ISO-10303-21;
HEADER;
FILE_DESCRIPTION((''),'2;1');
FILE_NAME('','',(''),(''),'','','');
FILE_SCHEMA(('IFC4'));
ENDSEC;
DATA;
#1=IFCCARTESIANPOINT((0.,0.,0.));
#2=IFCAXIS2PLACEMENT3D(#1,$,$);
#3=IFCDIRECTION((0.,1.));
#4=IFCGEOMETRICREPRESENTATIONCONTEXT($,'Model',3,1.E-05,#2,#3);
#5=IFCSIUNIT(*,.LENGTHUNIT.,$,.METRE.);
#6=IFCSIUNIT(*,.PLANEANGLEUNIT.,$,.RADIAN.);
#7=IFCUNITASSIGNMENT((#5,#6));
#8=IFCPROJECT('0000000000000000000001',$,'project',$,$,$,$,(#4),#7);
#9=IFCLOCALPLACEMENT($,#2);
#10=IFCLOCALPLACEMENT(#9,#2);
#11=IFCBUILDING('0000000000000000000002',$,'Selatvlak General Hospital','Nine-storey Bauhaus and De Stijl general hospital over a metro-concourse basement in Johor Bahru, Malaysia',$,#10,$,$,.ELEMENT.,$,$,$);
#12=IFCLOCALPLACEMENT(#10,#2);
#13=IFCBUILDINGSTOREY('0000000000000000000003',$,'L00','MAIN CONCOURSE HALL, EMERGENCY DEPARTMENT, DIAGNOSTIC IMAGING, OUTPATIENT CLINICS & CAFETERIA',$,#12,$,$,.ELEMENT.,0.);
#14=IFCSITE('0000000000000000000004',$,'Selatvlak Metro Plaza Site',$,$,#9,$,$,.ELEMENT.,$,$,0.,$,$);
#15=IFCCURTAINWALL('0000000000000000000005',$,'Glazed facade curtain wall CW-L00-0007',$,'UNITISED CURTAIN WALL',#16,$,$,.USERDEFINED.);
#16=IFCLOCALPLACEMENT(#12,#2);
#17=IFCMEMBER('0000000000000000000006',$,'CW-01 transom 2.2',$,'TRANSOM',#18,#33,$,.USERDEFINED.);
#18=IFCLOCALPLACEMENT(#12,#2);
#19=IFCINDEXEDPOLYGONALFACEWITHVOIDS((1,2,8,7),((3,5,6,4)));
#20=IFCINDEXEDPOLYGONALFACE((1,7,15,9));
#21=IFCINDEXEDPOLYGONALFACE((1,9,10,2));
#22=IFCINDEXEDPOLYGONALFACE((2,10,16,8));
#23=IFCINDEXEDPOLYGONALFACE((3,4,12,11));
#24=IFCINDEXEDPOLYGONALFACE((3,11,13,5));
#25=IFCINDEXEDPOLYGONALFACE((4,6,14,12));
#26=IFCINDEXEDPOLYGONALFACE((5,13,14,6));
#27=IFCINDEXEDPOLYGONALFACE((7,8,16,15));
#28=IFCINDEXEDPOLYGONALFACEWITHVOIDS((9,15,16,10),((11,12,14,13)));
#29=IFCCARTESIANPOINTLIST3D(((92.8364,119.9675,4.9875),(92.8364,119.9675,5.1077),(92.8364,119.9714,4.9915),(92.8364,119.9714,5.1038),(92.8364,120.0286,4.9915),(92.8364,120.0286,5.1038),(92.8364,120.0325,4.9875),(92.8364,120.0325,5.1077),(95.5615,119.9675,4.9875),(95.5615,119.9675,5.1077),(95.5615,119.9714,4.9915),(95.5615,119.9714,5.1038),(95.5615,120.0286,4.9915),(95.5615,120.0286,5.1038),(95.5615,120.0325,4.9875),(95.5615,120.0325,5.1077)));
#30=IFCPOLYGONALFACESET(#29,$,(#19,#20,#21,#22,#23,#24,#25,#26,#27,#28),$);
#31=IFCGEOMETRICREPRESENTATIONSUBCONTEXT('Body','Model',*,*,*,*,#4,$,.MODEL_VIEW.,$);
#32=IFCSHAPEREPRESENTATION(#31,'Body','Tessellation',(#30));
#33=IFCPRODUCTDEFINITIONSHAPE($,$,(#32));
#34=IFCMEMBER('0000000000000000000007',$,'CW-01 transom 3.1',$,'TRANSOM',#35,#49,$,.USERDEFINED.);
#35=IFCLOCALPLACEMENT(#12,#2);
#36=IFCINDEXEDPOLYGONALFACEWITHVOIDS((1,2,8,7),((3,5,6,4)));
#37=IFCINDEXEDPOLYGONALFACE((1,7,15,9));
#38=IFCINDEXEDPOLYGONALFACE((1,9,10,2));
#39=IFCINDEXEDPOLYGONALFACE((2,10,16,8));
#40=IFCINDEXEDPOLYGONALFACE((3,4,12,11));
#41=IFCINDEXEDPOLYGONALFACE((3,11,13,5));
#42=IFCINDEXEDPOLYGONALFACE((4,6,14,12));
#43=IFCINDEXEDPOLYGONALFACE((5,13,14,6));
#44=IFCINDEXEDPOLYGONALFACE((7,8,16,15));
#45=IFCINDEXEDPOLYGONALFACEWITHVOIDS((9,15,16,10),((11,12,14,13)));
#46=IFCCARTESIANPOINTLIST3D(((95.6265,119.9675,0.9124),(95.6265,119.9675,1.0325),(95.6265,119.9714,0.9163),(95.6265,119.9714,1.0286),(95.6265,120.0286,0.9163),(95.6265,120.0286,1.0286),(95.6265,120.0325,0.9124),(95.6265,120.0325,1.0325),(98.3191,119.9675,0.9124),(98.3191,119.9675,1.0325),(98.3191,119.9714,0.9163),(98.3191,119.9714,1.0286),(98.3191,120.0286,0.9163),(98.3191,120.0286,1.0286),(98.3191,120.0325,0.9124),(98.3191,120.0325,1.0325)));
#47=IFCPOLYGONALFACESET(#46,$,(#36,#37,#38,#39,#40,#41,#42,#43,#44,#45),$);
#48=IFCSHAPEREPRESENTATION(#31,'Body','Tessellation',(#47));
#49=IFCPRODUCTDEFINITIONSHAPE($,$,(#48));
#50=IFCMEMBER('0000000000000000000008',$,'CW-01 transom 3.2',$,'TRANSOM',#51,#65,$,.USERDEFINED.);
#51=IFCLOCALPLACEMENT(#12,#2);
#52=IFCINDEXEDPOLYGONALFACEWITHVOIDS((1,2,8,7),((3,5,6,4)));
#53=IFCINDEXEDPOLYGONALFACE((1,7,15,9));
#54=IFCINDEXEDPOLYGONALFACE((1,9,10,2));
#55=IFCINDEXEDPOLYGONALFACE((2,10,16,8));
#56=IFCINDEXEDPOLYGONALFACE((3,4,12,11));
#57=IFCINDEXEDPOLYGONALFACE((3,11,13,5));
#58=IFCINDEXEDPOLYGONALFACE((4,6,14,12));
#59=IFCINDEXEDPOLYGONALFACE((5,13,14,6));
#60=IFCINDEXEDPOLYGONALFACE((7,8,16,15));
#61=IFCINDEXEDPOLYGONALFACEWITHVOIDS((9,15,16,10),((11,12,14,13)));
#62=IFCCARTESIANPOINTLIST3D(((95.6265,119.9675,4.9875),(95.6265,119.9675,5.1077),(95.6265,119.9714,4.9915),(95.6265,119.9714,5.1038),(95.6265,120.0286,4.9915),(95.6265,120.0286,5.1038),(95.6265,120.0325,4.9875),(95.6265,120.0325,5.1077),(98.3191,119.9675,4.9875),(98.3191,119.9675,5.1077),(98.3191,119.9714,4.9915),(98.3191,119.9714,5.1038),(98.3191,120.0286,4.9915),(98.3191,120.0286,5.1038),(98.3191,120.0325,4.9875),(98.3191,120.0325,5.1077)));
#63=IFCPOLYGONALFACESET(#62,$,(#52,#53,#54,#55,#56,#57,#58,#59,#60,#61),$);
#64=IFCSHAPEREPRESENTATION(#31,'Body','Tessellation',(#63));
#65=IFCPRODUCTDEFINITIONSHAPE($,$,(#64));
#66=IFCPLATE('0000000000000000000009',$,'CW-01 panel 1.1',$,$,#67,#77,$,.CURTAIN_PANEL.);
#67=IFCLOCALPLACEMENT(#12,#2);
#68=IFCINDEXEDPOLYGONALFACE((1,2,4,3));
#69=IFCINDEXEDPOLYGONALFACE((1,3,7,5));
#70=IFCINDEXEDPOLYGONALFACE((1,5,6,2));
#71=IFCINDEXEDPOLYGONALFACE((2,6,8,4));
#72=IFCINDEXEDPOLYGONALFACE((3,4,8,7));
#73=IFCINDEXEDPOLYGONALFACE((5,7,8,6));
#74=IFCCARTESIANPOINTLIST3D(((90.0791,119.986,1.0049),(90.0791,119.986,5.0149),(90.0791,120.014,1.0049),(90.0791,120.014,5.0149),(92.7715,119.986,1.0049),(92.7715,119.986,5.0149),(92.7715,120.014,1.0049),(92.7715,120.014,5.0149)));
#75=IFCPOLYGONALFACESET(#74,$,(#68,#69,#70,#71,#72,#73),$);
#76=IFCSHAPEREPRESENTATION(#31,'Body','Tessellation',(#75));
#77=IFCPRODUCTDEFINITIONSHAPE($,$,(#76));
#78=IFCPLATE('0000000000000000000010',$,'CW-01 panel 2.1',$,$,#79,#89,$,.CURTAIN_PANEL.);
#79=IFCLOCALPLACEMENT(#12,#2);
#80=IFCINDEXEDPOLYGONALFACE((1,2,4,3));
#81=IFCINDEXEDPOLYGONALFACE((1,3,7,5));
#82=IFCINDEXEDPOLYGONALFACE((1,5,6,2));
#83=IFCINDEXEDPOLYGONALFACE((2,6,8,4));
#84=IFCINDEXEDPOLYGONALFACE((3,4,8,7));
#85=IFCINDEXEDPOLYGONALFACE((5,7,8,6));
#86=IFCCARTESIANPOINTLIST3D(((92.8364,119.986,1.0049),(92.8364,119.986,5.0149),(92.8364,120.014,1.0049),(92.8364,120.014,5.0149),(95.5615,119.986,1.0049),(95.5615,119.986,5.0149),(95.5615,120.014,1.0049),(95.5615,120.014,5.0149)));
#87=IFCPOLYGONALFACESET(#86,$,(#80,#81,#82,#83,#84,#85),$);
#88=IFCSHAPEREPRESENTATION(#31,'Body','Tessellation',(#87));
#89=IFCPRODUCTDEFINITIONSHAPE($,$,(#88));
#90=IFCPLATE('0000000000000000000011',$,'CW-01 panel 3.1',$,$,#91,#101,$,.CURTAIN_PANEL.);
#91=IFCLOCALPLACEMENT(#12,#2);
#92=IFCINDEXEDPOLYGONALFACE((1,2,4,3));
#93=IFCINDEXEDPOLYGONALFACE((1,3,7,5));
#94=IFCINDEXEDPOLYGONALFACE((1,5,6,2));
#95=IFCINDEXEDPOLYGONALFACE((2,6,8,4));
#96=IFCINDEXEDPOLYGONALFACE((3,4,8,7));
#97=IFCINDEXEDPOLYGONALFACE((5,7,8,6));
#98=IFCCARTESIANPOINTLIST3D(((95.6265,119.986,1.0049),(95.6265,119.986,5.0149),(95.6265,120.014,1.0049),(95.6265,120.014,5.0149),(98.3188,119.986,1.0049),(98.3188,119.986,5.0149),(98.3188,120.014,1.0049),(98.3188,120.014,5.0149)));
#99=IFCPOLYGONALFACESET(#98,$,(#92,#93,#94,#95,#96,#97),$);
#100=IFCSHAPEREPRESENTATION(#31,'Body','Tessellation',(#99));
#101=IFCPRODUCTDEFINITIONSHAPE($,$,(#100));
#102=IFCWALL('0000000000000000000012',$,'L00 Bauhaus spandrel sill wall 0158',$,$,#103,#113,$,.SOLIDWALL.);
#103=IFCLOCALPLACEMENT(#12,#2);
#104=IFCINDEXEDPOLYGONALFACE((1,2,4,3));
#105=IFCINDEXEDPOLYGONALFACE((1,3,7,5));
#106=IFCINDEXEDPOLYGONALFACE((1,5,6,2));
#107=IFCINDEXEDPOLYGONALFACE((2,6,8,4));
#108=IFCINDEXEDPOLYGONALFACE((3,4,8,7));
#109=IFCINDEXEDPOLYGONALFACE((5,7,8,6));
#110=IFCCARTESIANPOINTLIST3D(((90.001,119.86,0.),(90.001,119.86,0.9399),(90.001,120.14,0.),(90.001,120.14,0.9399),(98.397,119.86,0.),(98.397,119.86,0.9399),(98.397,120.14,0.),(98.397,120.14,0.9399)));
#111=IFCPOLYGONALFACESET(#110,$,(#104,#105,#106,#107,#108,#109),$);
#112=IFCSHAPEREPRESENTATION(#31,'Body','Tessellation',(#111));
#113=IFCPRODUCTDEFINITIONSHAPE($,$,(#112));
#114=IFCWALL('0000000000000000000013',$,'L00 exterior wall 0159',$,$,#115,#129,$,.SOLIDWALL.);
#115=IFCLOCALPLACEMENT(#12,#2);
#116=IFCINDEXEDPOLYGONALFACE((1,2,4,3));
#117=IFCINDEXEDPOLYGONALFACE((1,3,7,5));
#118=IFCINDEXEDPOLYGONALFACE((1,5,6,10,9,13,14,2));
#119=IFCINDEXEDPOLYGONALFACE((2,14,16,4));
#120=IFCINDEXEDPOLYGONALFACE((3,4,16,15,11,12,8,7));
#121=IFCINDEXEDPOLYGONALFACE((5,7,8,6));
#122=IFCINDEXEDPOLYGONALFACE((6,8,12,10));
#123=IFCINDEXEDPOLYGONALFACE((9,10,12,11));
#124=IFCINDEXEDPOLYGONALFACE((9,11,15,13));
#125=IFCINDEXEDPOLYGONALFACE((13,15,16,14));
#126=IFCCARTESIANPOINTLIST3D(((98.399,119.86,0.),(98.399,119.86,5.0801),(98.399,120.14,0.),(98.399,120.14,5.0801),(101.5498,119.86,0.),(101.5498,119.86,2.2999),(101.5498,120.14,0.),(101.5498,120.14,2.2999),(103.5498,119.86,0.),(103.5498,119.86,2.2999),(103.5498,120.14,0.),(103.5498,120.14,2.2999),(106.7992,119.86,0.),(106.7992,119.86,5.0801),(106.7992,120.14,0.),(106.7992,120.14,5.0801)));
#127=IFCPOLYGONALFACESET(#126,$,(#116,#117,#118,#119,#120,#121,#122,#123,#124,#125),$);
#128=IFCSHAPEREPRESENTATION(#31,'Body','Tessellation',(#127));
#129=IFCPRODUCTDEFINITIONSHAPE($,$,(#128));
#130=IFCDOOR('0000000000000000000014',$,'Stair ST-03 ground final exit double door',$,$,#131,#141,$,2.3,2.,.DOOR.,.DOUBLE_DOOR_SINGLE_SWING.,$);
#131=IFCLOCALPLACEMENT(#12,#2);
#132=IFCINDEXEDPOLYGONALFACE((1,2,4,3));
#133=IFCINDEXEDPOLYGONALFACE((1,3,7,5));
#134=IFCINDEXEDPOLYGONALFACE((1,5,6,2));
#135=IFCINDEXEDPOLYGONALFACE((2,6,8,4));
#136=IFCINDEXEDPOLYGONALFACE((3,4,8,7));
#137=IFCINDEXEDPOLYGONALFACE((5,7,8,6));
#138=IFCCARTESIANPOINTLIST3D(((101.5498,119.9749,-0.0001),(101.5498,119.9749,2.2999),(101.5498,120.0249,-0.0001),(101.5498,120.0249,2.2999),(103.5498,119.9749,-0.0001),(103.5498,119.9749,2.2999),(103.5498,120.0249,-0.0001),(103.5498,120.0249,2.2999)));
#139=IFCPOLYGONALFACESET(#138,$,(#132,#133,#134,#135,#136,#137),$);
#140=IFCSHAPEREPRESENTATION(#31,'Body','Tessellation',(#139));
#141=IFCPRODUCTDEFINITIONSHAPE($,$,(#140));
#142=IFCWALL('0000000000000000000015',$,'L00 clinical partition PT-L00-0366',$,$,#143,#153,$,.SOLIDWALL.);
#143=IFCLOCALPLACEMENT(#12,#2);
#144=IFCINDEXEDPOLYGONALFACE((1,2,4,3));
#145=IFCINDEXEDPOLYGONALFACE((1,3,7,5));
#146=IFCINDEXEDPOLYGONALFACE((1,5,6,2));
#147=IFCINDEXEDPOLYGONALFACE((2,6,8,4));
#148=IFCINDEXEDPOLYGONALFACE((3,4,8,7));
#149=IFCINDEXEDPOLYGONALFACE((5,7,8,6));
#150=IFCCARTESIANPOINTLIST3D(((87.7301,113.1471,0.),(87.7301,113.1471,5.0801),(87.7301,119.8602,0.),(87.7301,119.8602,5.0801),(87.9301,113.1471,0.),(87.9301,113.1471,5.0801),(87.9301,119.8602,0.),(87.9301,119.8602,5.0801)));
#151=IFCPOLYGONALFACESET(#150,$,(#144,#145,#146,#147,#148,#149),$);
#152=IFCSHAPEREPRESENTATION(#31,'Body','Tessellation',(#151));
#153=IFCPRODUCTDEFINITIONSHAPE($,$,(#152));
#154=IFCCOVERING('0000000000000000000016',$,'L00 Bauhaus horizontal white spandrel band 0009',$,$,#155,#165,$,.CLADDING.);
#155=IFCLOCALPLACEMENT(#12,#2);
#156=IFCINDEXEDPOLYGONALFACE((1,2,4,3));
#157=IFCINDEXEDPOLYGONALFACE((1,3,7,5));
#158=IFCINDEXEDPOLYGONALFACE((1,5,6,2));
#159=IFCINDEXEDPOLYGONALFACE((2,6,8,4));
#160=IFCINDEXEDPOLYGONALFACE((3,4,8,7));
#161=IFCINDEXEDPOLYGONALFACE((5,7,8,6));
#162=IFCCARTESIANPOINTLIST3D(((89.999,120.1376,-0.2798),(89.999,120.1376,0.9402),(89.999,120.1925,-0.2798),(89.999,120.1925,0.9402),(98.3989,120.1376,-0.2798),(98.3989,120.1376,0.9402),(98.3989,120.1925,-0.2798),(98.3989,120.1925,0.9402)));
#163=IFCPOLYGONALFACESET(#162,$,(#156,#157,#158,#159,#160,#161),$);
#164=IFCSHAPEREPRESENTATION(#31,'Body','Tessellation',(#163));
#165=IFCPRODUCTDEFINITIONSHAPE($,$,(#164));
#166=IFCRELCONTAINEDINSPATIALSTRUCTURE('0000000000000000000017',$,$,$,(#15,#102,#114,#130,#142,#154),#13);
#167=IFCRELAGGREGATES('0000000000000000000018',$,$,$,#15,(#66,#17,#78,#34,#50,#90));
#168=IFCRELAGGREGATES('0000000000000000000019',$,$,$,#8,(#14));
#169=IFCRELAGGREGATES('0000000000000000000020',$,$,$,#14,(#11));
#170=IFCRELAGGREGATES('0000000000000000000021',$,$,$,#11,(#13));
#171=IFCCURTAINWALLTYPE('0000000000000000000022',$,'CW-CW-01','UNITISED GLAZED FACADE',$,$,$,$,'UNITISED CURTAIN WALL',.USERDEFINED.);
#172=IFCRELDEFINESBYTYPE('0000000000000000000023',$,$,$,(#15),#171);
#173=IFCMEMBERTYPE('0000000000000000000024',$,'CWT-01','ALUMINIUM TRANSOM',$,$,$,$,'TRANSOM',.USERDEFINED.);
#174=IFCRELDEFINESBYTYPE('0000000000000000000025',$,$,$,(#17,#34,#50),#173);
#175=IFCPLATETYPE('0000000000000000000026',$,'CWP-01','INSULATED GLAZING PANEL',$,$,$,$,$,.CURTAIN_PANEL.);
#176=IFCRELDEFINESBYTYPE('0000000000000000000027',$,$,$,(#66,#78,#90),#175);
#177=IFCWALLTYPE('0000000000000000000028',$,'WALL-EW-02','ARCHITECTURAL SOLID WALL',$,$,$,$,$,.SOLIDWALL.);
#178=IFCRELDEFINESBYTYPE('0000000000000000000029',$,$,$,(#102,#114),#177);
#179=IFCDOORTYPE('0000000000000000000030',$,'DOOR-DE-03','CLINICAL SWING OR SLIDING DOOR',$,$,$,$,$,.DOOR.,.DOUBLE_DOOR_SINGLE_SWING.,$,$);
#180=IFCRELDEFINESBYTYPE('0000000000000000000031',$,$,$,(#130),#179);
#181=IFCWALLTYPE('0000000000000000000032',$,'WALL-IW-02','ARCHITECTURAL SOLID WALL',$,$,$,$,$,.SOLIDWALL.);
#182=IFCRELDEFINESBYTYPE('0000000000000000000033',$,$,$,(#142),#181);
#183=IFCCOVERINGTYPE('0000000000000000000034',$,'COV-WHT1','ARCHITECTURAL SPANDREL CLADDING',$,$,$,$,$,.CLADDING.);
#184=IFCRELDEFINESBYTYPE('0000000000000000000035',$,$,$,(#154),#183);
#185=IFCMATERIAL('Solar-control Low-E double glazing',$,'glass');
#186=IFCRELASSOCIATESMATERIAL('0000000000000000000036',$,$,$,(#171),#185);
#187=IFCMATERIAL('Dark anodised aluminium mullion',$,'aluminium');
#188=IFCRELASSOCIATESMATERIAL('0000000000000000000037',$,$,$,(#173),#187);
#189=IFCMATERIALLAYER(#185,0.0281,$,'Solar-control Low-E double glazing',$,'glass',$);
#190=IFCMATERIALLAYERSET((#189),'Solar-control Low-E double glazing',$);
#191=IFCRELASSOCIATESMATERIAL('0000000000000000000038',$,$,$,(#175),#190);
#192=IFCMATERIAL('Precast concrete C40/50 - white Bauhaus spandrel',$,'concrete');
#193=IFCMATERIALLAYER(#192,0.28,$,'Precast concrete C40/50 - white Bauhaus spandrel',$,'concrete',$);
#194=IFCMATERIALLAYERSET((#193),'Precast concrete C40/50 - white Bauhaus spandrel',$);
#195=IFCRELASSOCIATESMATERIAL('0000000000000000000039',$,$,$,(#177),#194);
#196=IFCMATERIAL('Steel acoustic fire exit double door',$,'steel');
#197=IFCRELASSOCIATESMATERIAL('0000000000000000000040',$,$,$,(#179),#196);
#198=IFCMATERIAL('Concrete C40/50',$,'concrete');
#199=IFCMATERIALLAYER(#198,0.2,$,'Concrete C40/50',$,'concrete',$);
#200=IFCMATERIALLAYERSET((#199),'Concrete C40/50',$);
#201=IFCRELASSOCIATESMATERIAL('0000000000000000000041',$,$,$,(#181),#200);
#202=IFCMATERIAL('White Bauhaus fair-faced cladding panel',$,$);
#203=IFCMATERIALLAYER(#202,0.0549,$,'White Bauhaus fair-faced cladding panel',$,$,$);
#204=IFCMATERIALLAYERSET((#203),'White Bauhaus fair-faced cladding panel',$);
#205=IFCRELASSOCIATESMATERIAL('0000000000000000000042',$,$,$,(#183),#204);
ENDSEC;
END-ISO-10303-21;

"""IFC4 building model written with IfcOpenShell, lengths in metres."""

from ifc_helpers import new_model, si_unit, direction, frame, frame_2d, origin, origin_2d, place, context, subcontext, project, spatial, rectangle, hollow_rectangle, extrude, material, layer, layer_set, material_profile, profile_set, type_object, element, fill, aggregate, save


model = new_model("IFC4")

# Units and contexts
model_context = context("Model", 3, precision=1e-05, world=origin(), true_north=direction((0.0, 1.0)))
body_context = subcontext(model_context, "Body", "Model", "MODEL_VIEW")
ifc_project = project(units=[si_unit("LENGTHUNIT", "METRE"), si_unit("PLANEANGLEUNIT", "RADIAN")], contexts=[model_context])

# Site, building, storey
site_placement = place(None, origin())
site = spatial("IfcSite", under=ifc_project, at=site_placement, Name="Selatvlak Metro Plaza Site", CompositionType="ELEMENT", RefElevation=0.0)
building_placement = place(site_placement, origin())
building = spatial("IfcBuilding", under=site, at=building_placement, Name="Selatvlak General Hospital", Description="Nine-storey Bauhaus and De Stijl general hospital over a metro-concourse basement in Johor Bahru, Malaysia", CompositionType="ELEMENT")
storey_placement = place(building_placement, origin())
storey = spatial("IfcBuildingStorey", under=building, at=storey_placement, Name="L00", Description="MAIN CONCOURSE HALL, EMERGENCY DEPARTMENT, DIAGNOSTIC IMAGING, OUTPATIENT CLINICS & CAFETERIA", CompositionType="ELEMENT", Elevation=0.0)

# Shared definitions
ifc_material_1 = material(Name="Concrete C40/50", Category="concrete")

# Curtain wall, members, plates
ifc_material_2 = material(Name="Solar-control Low-E double glazing", Category="glass")
curtain_wall_type = type_object("IfcCurtainWallType", Name="CW-CW-01", Description="UNITISED GLAZED FACADE", ElementType="UNITISED CURTAIN WALL", PredefinedType="USERDEFINED", material=ifc_material_2)
curtain_wall_placement = place(storey_placement, origin())
curtain_wall = element("IfcCurtainWall", 1, at=curtain_wall_placement, inside=storey, type_object=curtain_wall_type, Name="Glazed facade curtain wall CW-L00-0007", ObjectType="UNITISED CURTAIN WALL", PredefinedType="USERDEFINED")
ifc_material_3 = material(Name="Dark anodised aluminium mullion", Category="aluminium")
ifc_material_profile_1 = material_profile(ifc_material_3, hollow_rectangle(XDim=0.0649, YDim=0.1201, WallThickness=0.0039, at=origin_2d()), Name="AL-TRN 65x120x4")
ifc_profile_set_1 = profile_set([ifc_material_profile_1], Name="Dark anodised aluminium mullion")
member_type_1 = type_object("IfcMemberType", Name="CWT-01", Description="ALUMINIUM TRANSOM", ElementType="TRANSOM", PredefinedType="USERDEFINED", material=ifc_profile_set_1)
member_1_placement = place(storey_placement, frame((92.8364, 120.0, 5.0476), z_axis=(1.0, 0.0, 0.0), x_axis=(0.0, 1.0, 0.0)))
member_1 = element("IfcMember", 2, at=member_1_placement, type_object=member_type_1, Name="CW-01 transom 2.2", ObjectType="TRANSOM", PredefinedType="USERDEFINED", context=body_context, shape_type="SweptSolid", body=[
    extrude(hollow_rectangle(XDim=0.0649, YDim=0.1201, WallThickness=0.0039, at=origin_2d()), origin(), (0.0, 0.0, 1.0), 2.7251),
])
member_2_placement = place(storey_placement, frame((95.6265, 120.0, 0.9724), z_axis=(1.0, 0.0, 0.0), x_axis=(0.0, 1.0, 0.0)))
member_2 = element("IfcMember", 3, at=member_2_placement, type_object=member_type_1, Name="CW-01 transom 3.1", ObjectType="TRANSOM", PredefinedType="USERDEFINED", context=body_context, shape_type="SweptSolid", body=[
    extrude(hollow_rectangle(XDim=0.0649, YDim=0.1201, WallThickness=0.0039, at=origin_2d()), origin(), (0.0, 0.0, 1.0), 2.6926),
])
member_3_placement = place(storey_placement, frame((95.6265, 120.0, 5.0476), z_axis=(1.0, 0.0, 0.0), x_axis=(0.0, 1.0, 0.0)))
member_3 = element("IfcMember", 4, at=member_3_placement, type_object=member_type_1, Name="CW-01 transom 3.2", ObjectType="TRANSOM", PredefinedType="USERDEFINED", context=body_context, shape_type="SweptSolid", body=[
    extrude(hollow_rectangle(XDim=0.0649, YDim=0.1201, WallThickness=0.0039, at=origin_2d()), origin(), (0.0, 0.0, 1.0), 2.6926),
])
ifc_layer_1 = layer(ifc_material_2, 0.0281, Name="Solar-control Low-E double glazing", Category="glass")
ifc_layer_set_1 = layer_set([ifc_layer_1], Name="Solar-control Low-E double glazing")
plate_type = type_object("IfcPlateType", Name="CWP-01", Description="INSULATED GLAZING PANEL", PredefinedType="CURTAIN_PANEL", material=ifc_layer_set_1)
plate_1_placement = place(storey_placement, frame((91.4253, 120.0, 1.0049), z_axis=(0.0, 0.0, 1.0), x_axis=(1.0, 0.0, 0.0)))
plate_1 = element("IfcPlate", 5, at=plate_1_placement, type_object=plate_type, Name="CW-01 panel 1.1", PredefinedType="CURTAIN_PANEL", context=body_context, shape_type="SweptSolid", body=[
    extrude(rectangle(XDim=2.6924, YDim=0.0281, at=origin_2d()), origin(), (0.0, 0.0, 1.0), 4.01),
])
plate_2_placement = place(storey_placement, frame((94.199, 120.0, 1.0049), z_axis=(0.0, 0.0, 1.0), x_axis=(1.0, 0.0, 0.0)))
plate_2 = element("IfcPlate", 6, at=plate_2_placement, type_object=plate_type, Name="CW-01 panel 2.1", PredefinedType="CURTAIN_PANEL", context=body_context, shape_type="SweptSolid", body=[
    extrude(rectangle(XDim=2.7251, YDim=0.0281, at=origin_2d()), origin(), (0.0, 0.0, 1.0), 4.01),
])
plate_3_placement = place(storey_placement, frame((96.9727, 120.0, 1.0049), z_axis=(0.0, 0.0, 1.0), x_axis=(1.0, 0.0, 0.0)))
plate_3 = element("IfcPlate", 7, at=plate_3_placement, type_object=plate_type, Name="CW-01 panel 3.1", PredefinedType="CURTAIN_PANEL", context=body_context, shape_type="SweptSolid", body=[
    extrude(rectangle(XDim=2.6924, YDim=0.0281, at=origin_2d()), origin(), (0.0, 0.0, 1.0), 4.01),
])
aggregate(curtain_wall, [plate_1, member_1, plate_2, member_2, member_3, plate_3])

# Wall
ifc_material_4 = material(Name="Precast concrete C40/50 - white Bauhaus spandrel", Category="concrete")
ifc_layer_2 = layer(ifc_material_4, 0.28, Name="Precast concrete C40/50 - white Bauhaus spandrel", Category="concrete")
ifc_layer_set_2 = layer_set([ifc_layer_2], Name="Precast concrete C40/50 - white Bauhaus spandrel")
wall_type_1 = type_object("IfcWallType", Name="WALL-EW-02", Description="ARCHITECTURAL SOLID WALL", PredefinedType="SOLIDWALL", material=ifc_layer_set_2)
wall_1_placement = place(storey_placement, frame((90.001, 120.0, 0.0), z_axis=(0.0, 0.0, 1.0), x_axis=(1.0, 0.0, 0.0)))
element("IfcWall", 8, at=wall_1_placement, inside=storey, type_object=wall_type_1, Name="L00 Bauhaus spandrel sill wall 0158", PredefinedType="SOLIDWALL", context=body_context, shape_type="SweptSolid", body=[
    extrude(rectangle(XDim=8.396, YDim=0.28, at=frame_2d((4.198, 0.0))), origin(), (0.0, 0.0, 1.0), 0.9399),
])

# Wall, opening, door
wall_2_placement = place(storey_placement, frame((98.3989, 120.0, 0.0), z_axis=(0.0, 0.0, 1.0), x_axis=(1.0, 0.0, 0.0)))
wall_2 = element("IfcWall", 9, at=wall_2_placement, inside=storey, type_object=wall_type_1, Name="L00 exterior wall 0159", PredefinedType="SOLIDWALL", context=body_context, shape_type="SweptSolid", body=[
    extrude(rectangle(XDim=8.4001, YDim=0.28, at=frame_2d((4.2002, 0.0))), origin(), (0.0, 0.0, 1.0), 5.0801),
])
opening_placement = place(wall_2_placement, frame((3.1509, 0.0, 0.0)))
opening = element("IfcOpeningElement", 10, at=opening_placement, cuts=wall_2, PredefinedType="OPENING", context=body_context, shape_type="SweptSolid", body=[
    extrude(rectangle(XDim=2.0, YDim=2.3, at=frame_2d((1.0, 1.1499))), frame((0.0, 0.1499, 0.0), z_axis=(0.0, -1.0, 0.0), x_axis=(1.0, 0.0, 0.0)), (0.0, 0.0, 1.0), 0.3),
])
ifc_material_5 = material(Name="Steel acoustic fire exit double door", Category="steel")
door_type = type_object("IfcDoorType", Name="DOOR-DE-03", Description="CLINICAL SWING OR SLIDING DOOR", OperationType="DOUBLE_DOOR_SINGLE_SWING", PredefinedType="DOOR", material=ifc_material_5)
door_placement = place(opening_placement, origin())
door = element("IfcDoor", 11, at=door_placement, inside=storey, type_object=door_type, Name="Stair ST-03 ground final exit double door", OperationType="DOUBLE_DOOR_SINGLE_SWING", OverallHeight=2.3, OverallWidth=2.0, PredefinedType="DOOR", context=body_context, shape_type="SweptSolid", body=[
    extrude(rectangle(XDim=2.0, YDim=2.3, at=frame_2d((1.0, 1.1499))), frame((0.0, 0.0249, 0.0), z_axis=(0.0, -1.0, 0.0), x_axis=(1.0, 0.0, 0.0)), (0.0, 0.0, 1.0), 0.05),
])
fill(opening, door)

# Wall
ifc_layer_3 = layer(ifc_material_1, 0.2, Name="Concrete C40/50", Category="concrete")
ifc_layer_set_3 = layer_set([ifc_layer_3], Name="Concrete C40/50")
wall_type_2 = type_object("IfcWallType", Name="WALL-IW-02", Description="ARCHITECTURAL SOLID WALL", PredefinedType="SOLIDWALL", material=ifc_layer_set_3)
wall_3_placement = place(storey_placement, frame((87.8301, 119.8601, 0.0), z_axis=(0.0, 0.0, 1.0), x_axis=(0.0, -1.0, 0.0)))
element("IfcWall", 12, at=wall_3_placement, inside=storey, type_object=wall_type_2, Name="L00 clinical partition PT-L00-0366", PredefinedType="SOLIDWALL", context=body_context, shape_type="SweptSolid", body=[
    extrude(rectangle(XDim=6.7131, YDim=0.2, at=frame_2d((3.3564, 0.0))), origin(), (0.0, 0.0, 1.0), 5.0801),
])

# Covering
ifc_material_6 = material(Name="White Bauhaus fair-faced cladding panel")
ifc_layer_4 = layer(ifc_material_6, 0.0549, Name="White Bauhaus fair-faced cladding panel")
ifc_layer_set_4 = layer_set([ifc_layer_4], Name="White Bauhaus fair-faced cladding panel")
covering_type = type_object("IfcCoveringType", Name="COV-WHT1", Description="ARCHITECTURAL SPANDREL CLADDING", PredefinedType="CLADDING", material=ifc_layer_set_4)
covering_placement = place(storey_placement, frame((94.199, 120.165, -0.2798), z_axis=(0.0, 0.0, 1.0), x_axis=(1.0, 0.0, 0.0)))
element("IfcCovering", 13, at=covering_placement, inside=storey, type_object=covering_type, Name="L00 Bauhaus horizontal white spandrel band 0009", PredefinedType="CLADDING", context=body_context, shape_type="SweptSolid", body=[
    extrude(rectangle(XDim=8.3999, YDim=0.0549, at=origin_2d()), origin(), (0.0, 0.0, 1.0), 1.22),
])

save(model, "model.ifc")
